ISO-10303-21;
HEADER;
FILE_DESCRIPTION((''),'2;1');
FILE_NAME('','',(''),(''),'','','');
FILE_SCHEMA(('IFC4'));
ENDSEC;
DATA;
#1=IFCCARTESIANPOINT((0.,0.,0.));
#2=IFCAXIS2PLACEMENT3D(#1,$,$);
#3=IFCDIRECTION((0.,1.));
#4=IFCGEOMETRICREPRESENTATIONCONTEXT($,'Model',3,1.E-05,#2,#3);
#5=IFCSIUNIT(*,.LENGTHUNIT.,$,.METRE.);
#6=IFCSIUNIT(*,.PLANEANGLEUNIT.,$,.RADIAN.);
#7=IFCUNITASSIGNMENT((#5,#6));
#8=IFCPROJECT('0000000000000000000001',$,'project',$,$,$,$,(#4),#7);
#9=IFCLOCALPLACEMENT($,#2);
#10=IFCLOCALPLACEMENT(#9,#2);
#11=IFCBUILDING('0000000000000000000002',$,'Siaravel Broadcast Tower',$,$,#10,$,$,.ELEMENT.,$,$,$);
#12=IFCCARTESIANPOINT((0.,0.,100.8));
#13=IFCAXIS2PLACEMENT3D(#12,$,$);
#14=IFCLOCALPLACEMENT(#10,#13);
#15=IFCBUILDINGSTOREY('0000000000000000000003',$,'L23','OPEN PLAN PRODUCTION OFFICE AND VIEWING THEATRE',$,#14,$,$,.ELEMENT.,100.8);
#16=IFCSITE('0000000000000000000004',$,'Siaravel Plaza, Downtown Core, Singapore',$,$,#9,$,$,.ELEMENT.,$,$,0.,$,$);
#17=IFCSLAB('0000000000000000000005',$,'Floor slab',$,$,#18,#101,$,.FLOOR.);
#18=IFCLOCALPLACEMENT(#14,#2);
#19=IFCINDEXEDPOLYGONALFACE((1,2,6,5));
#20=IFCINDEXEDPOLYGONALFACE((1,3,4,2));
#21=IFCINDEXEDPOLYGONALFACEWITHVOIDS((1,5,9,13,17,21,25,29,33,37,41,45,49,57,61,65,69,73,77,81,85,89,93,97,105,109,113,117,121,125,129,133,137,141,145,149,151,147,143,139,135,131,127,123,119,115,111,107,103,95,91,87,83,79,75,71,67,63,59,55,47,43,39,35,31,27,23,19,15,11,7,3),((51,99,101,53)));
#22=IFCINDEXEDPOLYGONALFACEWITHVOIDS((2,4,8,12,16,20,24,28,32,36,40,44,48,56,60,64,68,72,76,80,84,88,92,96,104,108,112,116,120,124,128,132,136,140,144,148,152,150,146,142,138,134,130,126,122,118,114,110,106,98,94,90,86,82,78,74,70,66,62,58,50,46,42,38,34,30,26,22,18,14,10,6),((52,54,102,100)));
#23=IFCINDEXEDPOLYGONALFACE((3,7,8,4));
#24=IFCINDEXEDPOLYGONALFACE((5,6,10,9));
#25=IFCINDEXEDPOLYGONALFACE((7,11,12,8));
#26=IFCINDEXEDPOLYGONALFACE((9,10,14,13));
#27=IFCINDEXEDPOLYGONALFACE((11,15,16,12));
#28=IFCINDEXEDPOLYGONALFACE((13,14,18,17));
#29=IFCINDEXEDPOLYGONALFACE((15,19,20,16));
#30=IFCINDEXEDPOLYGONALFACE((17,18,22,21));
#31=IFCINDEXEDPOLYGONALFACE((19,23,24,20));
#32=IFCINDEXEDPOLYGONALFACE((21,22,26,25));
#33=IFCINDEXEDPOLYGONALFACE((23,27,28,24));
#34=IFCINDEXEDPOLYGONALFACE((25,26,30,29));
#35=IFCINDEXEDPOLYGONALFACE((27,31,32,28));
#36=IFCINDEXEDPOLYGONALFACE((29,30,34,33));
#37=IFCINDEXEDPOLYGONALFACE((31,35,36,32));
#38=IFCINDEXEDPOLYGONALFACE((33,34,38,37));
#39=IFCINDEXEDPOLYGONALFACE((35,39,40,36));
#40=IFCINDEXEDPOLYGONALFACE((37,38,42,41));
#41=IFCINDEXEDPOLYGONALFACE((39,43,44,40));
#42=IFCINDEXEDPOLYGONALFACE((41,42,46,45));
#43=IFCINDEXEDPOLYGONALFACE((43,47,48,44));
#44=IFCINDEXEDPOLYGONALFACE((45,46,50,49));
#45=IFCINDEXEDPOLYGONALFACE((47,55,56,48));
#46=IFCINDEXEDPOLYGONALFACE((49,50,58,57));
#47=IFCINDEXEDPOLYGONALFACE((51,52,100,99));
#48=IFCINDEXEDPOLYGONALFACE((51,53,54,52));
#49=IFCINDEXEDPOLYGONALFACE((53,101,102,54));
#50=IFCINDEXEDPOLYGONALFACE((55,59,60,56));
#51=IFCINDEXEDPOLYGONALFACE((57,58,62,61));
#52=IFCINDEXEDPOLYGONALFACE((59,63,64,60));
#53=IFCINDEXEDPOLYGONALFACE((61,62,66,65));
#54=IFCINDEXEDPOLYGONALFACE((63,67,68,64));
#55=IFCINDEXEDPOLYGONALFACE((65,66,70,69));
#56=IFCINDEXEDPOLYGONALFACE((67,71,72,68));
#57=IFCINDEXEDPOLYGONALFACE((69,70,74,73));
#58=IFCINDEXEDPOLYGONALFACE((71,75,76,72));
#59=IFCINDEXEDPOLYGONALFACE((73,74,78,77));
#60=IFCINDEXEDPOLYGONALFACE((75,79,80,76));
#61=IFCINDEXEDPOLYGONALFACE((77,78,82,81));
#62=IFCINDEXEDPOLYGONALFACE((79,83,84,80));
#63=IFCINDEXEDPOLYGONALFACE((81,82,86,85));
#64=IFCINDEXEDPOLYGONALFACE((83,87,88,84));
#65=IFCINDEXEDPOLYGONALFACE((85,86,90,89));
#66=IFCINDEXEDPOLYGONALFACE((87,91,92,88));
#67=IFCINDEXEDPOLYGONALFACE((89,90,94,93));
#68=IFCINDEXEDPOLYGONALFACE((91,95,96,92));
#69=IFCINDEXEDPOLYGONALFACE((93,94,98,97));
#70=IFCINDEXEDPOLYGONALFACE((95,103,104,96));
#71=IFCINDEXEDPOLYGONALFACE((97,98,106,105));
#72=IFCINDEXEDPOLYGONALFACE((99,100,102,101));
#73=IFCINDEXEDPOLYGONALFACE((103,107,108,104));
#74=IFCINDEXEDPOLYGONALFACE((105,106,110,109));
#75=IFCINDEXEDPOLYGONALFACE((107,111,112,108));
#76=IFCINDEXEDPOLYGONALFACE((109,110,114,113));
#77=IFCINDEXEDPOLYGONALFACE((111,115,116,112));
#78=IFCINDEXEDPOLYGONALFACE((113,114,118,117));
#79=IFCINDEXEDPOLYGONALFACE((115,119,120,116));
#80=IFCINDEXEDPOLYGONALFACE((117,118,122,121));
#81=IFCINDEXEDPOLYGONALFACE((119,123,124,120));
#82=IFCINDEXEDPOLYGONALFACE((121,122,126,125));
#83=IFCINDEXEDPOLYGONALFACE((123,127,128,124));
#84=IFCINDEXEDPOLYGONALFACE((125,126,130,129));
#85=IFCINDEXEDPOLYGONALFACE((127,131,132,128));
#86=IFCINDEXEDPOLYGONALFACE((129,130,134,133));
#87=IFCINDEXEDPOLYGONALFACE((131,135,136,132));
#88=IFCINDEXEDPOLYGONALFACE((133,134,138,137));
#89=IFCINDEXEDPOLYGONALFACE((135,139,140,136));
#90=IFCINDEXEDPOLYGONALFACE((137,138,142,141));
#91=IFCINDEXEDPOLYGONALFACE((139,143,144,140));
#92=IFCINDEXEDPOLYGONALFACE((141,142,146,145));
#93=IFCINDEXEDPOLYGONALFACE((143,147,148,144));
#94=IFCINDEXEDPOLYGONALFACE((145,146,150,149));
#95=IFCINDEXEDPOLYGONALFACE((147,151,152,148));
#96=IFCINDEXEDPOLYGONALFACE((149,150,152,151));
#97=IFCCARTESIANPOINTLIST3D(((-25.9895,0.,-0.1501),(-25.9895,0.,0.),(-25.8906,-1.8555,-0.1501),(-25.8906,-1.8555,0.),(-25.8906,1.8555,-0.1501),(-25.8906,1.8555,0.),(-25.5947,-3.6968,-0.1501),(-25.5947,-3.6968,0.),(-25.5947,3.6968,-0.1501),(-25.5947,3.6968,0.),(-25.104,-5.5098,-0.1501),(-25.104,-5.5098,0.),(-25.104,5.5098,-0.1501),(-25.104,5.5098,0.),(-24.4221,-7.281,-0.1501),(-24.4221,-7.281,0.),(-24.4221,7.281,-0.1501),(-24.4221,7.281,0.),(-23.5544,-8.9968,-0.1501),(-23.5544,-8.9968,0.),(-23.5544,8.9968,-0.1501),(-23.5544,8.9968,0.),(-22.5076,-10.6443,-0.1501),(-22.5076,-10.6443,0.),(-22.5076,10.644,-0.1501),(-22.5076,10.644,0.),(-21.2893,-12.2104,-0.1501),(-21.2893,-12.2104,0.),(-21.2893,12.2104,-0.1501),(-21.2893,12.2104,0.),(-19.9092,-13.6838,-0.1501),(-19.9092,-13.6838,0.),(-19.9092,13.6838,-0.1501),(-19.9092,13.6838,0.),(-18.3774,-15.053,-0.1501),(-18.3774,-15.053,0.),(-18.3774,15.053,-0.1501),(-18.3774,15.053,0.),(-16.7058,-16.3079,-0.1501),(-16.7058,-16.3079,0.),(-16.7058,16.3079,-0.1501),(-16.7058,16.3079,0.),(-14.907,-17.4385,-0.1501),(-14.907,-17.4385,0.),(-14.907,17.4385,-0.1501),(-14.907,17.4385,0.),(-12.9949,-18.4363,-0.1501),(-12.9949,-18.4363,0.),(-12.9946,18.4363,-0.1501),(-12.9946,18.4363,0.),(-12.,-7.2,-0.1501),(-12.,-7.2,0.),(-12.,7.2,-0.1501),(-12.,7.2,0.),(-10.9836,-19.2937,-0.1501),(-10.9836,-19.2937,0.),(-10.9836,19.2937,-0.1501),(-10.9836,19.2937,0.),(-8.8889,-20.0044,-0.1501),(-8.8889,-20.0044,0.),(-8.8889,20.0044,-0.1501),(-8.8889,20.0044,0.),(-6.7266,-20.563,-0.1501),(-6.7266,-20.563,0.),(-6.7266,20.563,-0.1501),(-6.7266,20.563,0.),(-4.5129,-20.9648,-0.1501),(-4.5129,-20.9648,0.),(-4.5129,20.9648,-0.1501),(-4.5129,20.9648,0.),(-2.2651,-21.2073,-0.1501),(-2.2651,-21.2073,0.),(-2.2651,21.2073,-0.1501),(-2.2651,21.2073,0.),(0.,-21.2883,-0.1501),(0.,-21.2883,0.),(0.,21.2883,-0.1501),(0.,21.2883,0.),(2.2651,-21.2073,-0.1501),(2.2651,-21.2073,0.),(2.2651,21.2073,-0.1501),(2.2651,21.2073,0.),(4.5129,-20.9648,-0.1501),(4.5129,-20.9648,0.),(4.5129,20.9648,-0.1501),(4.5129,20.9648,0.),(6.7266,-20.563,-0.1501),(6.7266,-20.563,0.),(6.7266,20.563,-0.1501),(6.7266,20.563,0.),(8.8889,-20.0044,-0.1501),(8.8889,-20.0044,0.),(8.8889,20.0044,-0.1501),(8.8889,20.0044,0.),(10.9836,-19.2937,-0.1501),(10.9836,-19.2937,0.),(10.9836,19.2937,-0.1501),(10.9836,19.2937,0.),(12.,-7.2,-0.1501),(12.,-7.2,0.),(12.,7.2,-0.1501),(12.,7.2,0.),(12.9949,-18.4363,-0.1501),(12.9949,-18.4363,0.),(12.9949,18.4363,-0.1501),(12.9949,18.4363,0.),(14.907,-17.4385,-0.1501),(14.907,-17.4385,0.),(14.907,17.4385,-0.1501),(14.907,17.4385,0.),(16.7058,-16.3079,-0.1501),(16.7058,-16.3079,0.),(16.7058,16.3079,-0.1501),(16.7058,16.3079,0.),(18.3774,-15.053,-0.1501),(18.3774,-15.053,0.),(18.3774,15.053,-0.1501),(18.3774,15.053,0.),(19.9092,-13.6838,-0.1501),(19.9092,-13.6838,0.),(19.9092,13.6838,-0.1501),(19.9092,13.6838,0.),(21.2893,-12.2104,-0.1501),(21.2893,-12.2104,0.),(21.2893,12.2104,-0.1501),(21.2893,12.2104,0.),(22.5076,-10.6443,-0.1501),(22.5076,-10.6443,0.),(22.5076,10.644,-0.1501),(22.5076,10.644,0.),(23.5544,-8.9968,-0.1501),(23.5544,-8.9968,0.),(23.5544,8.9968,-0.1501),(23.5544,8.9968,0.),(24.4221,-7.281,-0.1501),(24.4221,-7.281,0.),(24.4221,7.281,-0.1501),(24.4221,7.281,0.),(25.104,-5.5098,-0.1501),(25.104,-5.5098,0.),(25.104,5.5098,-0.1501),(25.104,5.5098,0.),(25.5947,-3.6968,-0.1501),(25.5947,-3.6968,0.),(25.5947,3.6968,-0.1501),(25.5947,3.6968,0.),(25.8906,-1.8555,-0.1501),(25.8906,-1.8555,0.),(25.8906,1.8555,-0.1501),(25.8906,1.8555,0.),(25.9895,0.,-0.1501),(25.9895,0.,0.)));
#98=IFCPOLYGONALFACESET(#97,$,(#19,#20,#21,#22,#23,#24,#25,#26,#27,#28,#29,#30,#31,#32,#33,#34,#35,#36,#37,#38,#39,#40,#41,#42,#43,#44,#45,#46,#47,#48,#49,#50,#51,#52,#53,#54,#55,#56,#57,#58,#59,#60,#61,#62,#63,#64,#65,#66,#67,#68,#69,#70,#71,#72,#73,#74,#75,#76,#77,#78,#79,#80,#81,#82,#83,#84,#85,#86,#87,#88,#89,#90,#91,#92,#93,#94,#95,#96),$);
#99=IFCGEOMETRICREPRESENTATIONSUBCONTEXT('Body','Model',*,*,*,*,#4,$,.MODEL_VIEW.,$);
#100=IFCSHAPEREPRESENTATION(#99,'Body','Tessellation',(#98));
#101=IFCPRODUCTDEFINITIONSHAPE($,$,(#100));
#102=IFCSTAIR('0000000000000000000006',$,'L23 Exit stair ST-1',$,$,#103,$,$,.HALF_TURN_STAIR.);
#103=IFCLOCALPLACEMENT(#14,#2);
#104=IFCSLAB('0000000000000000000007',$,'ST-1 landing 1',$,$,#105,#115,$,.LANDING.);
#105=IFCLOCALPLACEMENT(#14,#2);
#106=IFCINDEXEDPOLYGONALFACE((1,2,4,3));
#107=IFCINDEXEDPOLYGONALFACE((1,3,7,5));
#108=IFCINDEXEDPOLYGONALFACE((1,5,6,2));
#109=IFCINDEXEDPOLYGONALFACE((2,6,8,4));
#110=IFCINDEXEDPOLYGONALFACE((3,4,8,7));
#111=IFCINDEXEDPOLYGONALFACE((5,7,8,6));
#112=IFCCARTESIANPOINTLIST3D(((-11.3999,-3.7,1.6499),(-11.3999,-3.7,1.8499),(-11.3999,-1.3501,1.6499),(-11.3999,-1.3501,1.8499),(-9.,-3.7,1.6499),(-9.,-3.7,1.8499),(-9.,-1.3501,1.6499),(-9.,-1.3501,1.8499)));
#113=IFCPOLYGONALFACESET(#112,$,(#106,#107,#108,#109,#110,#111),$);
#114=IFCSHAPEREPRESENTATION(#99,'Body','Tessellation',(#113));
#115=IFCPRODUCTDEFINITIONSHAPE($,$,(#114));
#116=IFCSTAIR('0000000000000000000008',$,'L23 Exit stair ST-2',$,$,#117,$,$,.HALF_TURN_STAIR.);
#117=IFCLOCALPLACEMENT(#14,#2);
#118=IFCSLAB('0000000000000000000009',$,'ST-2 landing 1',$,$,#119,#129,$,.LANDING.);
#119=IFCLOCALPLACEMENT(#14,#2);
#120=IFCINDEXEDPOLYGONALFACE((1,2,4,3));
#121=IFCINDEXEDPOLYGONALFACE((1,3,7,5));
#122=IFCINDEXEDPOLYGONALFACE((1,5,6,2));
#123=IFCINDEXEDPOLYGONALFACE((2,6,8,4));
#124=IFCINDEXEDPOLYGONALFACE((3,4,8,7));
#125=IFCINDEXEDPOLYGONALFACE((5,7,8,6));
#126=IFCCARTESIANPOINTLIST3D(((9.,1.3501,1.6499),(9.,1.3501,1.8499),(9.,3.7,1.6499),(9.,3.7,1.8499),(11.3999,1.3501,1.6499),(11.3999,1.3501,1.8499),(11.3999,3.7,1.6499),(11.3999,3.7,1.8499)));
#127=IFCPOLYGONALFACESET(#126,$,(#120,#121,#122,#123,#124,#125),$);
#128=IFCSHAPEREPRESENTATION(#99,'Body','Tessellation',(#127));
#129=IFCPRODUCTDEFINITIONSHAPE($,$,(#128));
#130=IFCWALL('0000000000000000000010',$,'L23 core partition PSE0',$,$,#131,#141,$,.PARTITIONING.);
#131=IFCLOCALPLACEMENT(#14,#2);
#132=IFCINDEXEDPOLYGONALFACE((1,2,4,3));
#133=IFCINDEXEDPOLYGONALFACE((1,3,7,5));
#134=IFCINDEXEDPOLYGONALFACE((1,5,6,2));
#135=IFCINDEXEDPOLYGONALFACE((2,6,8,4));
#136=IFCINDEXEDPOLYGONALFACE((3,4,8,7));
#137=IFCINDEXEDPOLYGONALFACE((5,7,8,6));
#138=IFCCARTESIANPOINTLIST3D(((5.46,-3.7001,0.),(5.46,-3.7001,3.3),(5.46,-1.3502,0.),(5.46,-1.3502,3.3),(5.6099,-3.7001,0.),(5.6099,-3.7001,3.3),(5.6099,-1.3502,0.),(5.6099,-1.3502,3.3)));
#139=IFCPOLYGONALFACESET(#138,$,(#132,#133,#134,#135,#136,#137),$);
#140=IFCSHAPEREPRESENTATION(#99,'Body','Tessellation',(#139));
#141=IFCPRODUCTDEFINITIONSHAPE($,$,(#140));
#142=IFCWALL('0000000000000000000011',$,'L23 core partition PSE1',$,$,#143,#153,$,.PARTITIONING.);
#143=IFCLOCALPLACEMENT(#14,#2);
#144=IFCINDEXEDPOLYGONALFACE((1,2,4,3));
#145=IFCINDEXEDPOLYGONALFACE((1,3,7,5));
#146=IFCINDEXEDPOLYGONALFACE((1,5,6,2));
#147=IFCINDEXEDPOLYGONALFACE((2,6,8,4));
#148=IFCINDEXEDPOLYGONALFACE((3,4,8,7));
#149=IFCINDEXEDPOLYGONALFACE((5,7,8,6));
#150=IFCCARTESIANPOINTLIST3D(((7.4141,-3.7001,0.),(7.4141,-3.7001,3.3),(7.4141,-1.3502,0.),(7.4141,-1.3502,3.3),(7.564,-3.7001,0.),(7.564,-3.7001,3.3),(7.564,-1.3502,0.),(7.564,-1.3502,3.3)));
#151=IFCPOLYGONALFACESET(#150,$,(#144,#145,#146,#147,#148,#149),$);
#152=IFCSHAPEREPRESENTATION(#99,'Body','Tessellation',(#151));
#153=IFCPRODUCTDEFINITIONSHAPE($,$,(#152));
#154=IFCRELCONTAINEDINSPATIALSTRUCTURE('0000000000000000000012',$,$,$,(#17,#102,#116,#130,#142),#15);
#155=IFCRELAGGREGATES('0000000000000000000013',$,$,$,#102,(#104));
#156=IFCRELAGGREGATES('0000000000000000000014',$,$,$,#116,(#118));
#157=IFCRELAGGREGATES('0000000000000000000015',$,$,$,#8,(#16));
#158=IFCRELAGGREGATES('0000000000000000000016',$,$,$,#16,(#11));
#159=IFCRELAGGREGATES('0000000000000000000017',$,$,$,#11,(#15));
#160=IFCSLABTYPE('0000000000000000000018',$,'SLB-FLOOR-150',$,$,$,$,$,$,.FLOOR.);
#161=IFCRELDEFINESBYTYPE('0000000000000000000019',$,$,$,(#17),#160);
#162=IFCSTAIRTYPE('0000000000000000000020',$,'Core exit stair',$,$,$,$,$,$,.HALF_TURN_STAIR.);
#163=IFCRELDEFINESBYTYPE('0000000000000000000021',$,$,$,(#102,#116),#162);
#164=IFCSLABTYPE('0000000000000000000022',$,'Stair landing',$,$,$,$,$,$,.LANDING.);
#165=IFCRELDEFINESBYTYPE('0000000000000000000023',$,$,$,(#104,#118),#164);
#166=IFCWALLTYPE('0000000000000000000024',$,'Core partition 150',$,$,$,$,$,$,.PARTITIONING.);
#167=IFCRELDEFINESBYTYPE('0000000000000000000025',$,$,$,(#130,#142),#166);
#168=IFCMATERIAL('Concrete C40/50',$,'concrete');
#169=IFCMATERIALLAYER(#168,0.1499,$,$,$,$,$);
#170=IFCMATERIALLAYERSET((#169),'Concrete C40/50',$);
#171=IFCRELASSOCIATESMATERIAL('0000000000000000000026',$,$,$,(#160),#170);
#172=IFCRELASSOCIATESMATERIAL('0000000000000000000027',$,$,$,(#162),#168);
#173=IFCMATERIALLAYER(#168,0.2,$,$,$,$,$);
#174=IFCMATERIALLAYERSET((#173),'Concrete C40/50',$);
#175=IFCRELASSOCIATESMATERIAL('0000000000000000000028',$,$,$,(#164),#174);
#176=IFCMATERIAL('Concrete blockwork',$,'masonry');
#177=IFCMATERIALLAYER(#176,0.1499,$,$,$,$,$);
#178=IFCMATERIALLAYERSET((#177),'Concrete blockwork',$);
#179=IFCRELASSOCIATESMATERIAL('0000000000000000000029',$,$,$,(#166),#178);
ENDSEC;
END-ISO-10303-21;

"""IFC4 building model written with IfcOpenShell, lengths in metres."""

from ifc_helpers import new_model, si_unit, direction, frame, frame_2d, origin, place, context, subcontext, project, spatial, polyline, rectangle, outline, extrude, material, layer, layer_set, type_object, element, aggregate, save


model = new_model("IFC4")

# Units and contexts
model_context = context("Model", 3, precision=1e-05, world=origin(), true_north=direction((0.0, 1.0)))
body_context = subcontext(model_context, "Body", "Model", "MODEL_VIEW")
ifc_project = project(units=[si_unit("LENGTHUNIT", "METRE"), si_unit("PLANEANGLEUNIT", "RADIAN")], contexts=[model_context])

# Site, building, storey
site_placement = place(None, origin())
site = spatial("IfcSite", under=ifc_project, at=site_placement, Name="Siaravel Plaza, Downtown Core, Singapore", CompositionType="ELEMENT", RefElevation=0.0)
building_placement = place(site_placement, origin())
building = spatial("IfcBuilding", under=site, at=building_placement, Name="Siaravel Broadcast Tower", CompositionType="ELEMENT")
storey_placement = place(building_placement, frame((0.0, 0.0, 100.8)))
storey = spatial("IfcBuildingStorey", under=building, at=storey_placement, Name="L23", Description="OPEN PLAN PRODUCTION OFFICE AND VIEWING THEATRE", CompositionType="ELEMENT", Elevation=100.8)

# Slab
ifc_material_1 = material(Name="Concrete C40/50", Category="concrete")
ifc_layer_1 = layer(ifc_material_1, 0.1499)
ifc_layer_set_1 = layer_set([ifc_layer_1], Name="Concrete C40/50")
slab_type_1 = type_object("IfcSlabType", Name="SLB-FLOOR-150", PredefinedType="FLOOR", material=ifc_layer_set_1)
slab_1_placement = place(storey_placement, frame((0.0, 0.0, -0.1501)))
element("IfcSlab", 1, at=slab_1_placement, inside=storey, type_object=slab_type_1, Name="Floor slab", PredefinedType="FLOOR", context=body_context, shape_type="SweptSolid", body=[
    extrude(outline(polyline([(25.9895, 0.0), (25.8906, 1.8555), (25.5947, 3.6968), (25.104, 5.5098), (24.4221, 7.281), (23.5544, 8.9968), (22.5076, 10.644), (21.2893, 12.2104), (19.9092, 13.6838), (18.3774, 15.053), (16.7058, 16.3079), (14.907, 17.4385), (12.9949, 18.4363), (10.9836, 19.2937), (8.8889, 20.0044), (6.7266, 20.563), (4.5129, 20.9648), (2.2651, 21.2073), (0.0, 21.2883), (-2.2651, 21.2073), (-4.5129, 20.9648), (-6.7266, 20.563), (-8.8889, 20.0044), (-10.9836, 19.2937), (-12.9946, 18.4363), (-14.907, 17.4385), (-16.7058, 16.3079), (-18.3774, 15.053), (-19.9092, 13.6838), (-21.2893, 12.2104), (-22.5076, 10.644), (-23.5544, 8.9968), (-24.4221, 7.281), (-25.104, 5.5098), (-25.5947, 3.6968), (-25.8906, 1.8555), (-25.9895, 0.0), (-25.8906, -1.8555), (-25.5947, -3.6968), (-25.104, -5.5098), (-24.4221, -7.281), (-23.5544, -8.9968), (-22.5076, -10.6443), (-21.2893, -12.2104), (-19.9092, -13.6838), (-18.3774, -15.053), (-16.7058, -16.3079), (-14.907, -17.4385), (-12.9949, -18.4363), (-10.9836, -19.2937), (-8.8889, -20.0044), (-6.7266, -20.563), (-4.5129, -20.9648), (-2.2651, -21.2073), (0.0, -21.2883), (2.2651, -21.2073), (4.5129, -20.9648), (6.7266, -20.563), (8.8889, -20.0044), (10.9836, -19.2937), (12.9949, -18.4363), (14.907, -17.4385), (16.7058, -16.3079), (18.3774, -15.053), (19.9092, -13.6838), (21.2893, -12.2104), (22.5076, -10.6443), (23.5544, -8.9968), (24.4221, -7.281), (25.104, -5.5098), (25.5947, -3.6968), (25.8906, -1.8555), (25.9895, 0.0)]), holes=[polyline([(-12.0, 7.2), (12.0, 7.2), (12.0, -7.2), (-12.0, -7.2), (-12.0, 7.2)])]), origin(), (0.0, 0.0, 1.0), 0.1501),
])

# Stairs, slabs
stair_type = type_object("IfcStairType", Name="Core exit stair", PredefinedType="HALF_TURN_STAIR", material=ifc_material_1)
stair_1_placement = place(storey_placement, origin())
stair_1 = element("IfcStair", 2, at=stair_1_placement, inside=storey, type_object=stair_type, Name="L23 Exit stair ST-1", PredefinedType="HALF_TURN_STAIR")
ifc_layer_2 = layer(ifc_material_1, 0.2)
ifc_layer_set_2 = layer_set([ifc_layer_2], Name="Concrete C40/50")
slab_type_2 = type_object("IfcSlabType", Name="Stair landing", PredefinedType="LANDING", material=ifc_layer_set_2)
slab_2_placement = place(storey_placement, frame((0.0, 0.0, 1.6499)))
slab_2 = element("IfcSlab", 3, at=slab_2_placement, type_object=slab_type_2, Name="ST-1 landing 1", PredefinedType="LANDING", context=body_context, shape_type="SweptSolid", body=[
    extrude(outline(polyline([(-9.0, -1.3501), (-11.3999, -1.3501), (-11.3999, -3.7), (-9.0, -3.7), (-9.0, -1.3501)])), origin(), (0.0, 0.0, 1.0), 0.2),
])
aggregate(stair_1, [slab_2])
stair_2_placement = place(storey_placement, origin())
stair_2 = element("IfcStair", 4, at=stair_2_placement, inside=storey, type_object=stair_type, Name="L23 Exit stair ST-2", PredefinedType="HALF_TURN_STAIR")
slab_3_placement = place(storey_placement, frame((0.0, 0.0, 1.6499)))
slab_3 = element("IfcSlab", 5, at=slab_3_placement, type_object=slab_type_2, Name="ST-2 landing 1", PredefinedType="LANDING", context=body_context, shape_type="SweptSolid", body=[
    extrude(outline(polyline([(9.0, 1.3501), (11.3999, 1.3501), (11.3999, 3.7), (9.0, 3.7), (9.0, 1.3501)])), origin(), (0.0, 0.0, 1.0), 0.2),
])
aggregate(stair_2, [slab_3])

# Walls
ifc_material_2 = material(Name="Concrete blockwork", Category="masonry")
ifc_layer_3 = layer(ifc_material_2, 0.1499)
ifc_layer_set_3 = layer_set([ifc_layer_3], Name="Concrete blockwork")
wall_type_1 = type_object("IfcWallType", Name="Core partition 150", PredefinedType="PARTITIONING", material=ifc_layer_set_3)
for number, where, z_axis, x_axis, name in (
    (6, (5.5349, -3.7, 0.0), (0.0, 0.0, 1.0), (0.0, 1.0, 0.0), "L23 core partition PSE0"),
    (7, (7.489, -3.7, 0.0), (0.0, 0.0, 1.0), (0.0, 1.0, 0.0), "L23 core partition PSE1"),
):
    element("IfcWall", number, at=place(storey_placement, frame(where, z_axis=z_axis, x_axis=x_axis)), inside=storey, type_object=wall_type_1, Name=name, PredefinedType="PARTITIONING", context=body_context, shape_type="SweptSolid", body=[
        extrude(rectangle(XDim=2.3499, YDim=0.1499, at=frame_2d((1.1748, 0.0))), origin(), (0.0, 0.0, 1.0), 3.3),
    ])

save(model, "model.ifc")
